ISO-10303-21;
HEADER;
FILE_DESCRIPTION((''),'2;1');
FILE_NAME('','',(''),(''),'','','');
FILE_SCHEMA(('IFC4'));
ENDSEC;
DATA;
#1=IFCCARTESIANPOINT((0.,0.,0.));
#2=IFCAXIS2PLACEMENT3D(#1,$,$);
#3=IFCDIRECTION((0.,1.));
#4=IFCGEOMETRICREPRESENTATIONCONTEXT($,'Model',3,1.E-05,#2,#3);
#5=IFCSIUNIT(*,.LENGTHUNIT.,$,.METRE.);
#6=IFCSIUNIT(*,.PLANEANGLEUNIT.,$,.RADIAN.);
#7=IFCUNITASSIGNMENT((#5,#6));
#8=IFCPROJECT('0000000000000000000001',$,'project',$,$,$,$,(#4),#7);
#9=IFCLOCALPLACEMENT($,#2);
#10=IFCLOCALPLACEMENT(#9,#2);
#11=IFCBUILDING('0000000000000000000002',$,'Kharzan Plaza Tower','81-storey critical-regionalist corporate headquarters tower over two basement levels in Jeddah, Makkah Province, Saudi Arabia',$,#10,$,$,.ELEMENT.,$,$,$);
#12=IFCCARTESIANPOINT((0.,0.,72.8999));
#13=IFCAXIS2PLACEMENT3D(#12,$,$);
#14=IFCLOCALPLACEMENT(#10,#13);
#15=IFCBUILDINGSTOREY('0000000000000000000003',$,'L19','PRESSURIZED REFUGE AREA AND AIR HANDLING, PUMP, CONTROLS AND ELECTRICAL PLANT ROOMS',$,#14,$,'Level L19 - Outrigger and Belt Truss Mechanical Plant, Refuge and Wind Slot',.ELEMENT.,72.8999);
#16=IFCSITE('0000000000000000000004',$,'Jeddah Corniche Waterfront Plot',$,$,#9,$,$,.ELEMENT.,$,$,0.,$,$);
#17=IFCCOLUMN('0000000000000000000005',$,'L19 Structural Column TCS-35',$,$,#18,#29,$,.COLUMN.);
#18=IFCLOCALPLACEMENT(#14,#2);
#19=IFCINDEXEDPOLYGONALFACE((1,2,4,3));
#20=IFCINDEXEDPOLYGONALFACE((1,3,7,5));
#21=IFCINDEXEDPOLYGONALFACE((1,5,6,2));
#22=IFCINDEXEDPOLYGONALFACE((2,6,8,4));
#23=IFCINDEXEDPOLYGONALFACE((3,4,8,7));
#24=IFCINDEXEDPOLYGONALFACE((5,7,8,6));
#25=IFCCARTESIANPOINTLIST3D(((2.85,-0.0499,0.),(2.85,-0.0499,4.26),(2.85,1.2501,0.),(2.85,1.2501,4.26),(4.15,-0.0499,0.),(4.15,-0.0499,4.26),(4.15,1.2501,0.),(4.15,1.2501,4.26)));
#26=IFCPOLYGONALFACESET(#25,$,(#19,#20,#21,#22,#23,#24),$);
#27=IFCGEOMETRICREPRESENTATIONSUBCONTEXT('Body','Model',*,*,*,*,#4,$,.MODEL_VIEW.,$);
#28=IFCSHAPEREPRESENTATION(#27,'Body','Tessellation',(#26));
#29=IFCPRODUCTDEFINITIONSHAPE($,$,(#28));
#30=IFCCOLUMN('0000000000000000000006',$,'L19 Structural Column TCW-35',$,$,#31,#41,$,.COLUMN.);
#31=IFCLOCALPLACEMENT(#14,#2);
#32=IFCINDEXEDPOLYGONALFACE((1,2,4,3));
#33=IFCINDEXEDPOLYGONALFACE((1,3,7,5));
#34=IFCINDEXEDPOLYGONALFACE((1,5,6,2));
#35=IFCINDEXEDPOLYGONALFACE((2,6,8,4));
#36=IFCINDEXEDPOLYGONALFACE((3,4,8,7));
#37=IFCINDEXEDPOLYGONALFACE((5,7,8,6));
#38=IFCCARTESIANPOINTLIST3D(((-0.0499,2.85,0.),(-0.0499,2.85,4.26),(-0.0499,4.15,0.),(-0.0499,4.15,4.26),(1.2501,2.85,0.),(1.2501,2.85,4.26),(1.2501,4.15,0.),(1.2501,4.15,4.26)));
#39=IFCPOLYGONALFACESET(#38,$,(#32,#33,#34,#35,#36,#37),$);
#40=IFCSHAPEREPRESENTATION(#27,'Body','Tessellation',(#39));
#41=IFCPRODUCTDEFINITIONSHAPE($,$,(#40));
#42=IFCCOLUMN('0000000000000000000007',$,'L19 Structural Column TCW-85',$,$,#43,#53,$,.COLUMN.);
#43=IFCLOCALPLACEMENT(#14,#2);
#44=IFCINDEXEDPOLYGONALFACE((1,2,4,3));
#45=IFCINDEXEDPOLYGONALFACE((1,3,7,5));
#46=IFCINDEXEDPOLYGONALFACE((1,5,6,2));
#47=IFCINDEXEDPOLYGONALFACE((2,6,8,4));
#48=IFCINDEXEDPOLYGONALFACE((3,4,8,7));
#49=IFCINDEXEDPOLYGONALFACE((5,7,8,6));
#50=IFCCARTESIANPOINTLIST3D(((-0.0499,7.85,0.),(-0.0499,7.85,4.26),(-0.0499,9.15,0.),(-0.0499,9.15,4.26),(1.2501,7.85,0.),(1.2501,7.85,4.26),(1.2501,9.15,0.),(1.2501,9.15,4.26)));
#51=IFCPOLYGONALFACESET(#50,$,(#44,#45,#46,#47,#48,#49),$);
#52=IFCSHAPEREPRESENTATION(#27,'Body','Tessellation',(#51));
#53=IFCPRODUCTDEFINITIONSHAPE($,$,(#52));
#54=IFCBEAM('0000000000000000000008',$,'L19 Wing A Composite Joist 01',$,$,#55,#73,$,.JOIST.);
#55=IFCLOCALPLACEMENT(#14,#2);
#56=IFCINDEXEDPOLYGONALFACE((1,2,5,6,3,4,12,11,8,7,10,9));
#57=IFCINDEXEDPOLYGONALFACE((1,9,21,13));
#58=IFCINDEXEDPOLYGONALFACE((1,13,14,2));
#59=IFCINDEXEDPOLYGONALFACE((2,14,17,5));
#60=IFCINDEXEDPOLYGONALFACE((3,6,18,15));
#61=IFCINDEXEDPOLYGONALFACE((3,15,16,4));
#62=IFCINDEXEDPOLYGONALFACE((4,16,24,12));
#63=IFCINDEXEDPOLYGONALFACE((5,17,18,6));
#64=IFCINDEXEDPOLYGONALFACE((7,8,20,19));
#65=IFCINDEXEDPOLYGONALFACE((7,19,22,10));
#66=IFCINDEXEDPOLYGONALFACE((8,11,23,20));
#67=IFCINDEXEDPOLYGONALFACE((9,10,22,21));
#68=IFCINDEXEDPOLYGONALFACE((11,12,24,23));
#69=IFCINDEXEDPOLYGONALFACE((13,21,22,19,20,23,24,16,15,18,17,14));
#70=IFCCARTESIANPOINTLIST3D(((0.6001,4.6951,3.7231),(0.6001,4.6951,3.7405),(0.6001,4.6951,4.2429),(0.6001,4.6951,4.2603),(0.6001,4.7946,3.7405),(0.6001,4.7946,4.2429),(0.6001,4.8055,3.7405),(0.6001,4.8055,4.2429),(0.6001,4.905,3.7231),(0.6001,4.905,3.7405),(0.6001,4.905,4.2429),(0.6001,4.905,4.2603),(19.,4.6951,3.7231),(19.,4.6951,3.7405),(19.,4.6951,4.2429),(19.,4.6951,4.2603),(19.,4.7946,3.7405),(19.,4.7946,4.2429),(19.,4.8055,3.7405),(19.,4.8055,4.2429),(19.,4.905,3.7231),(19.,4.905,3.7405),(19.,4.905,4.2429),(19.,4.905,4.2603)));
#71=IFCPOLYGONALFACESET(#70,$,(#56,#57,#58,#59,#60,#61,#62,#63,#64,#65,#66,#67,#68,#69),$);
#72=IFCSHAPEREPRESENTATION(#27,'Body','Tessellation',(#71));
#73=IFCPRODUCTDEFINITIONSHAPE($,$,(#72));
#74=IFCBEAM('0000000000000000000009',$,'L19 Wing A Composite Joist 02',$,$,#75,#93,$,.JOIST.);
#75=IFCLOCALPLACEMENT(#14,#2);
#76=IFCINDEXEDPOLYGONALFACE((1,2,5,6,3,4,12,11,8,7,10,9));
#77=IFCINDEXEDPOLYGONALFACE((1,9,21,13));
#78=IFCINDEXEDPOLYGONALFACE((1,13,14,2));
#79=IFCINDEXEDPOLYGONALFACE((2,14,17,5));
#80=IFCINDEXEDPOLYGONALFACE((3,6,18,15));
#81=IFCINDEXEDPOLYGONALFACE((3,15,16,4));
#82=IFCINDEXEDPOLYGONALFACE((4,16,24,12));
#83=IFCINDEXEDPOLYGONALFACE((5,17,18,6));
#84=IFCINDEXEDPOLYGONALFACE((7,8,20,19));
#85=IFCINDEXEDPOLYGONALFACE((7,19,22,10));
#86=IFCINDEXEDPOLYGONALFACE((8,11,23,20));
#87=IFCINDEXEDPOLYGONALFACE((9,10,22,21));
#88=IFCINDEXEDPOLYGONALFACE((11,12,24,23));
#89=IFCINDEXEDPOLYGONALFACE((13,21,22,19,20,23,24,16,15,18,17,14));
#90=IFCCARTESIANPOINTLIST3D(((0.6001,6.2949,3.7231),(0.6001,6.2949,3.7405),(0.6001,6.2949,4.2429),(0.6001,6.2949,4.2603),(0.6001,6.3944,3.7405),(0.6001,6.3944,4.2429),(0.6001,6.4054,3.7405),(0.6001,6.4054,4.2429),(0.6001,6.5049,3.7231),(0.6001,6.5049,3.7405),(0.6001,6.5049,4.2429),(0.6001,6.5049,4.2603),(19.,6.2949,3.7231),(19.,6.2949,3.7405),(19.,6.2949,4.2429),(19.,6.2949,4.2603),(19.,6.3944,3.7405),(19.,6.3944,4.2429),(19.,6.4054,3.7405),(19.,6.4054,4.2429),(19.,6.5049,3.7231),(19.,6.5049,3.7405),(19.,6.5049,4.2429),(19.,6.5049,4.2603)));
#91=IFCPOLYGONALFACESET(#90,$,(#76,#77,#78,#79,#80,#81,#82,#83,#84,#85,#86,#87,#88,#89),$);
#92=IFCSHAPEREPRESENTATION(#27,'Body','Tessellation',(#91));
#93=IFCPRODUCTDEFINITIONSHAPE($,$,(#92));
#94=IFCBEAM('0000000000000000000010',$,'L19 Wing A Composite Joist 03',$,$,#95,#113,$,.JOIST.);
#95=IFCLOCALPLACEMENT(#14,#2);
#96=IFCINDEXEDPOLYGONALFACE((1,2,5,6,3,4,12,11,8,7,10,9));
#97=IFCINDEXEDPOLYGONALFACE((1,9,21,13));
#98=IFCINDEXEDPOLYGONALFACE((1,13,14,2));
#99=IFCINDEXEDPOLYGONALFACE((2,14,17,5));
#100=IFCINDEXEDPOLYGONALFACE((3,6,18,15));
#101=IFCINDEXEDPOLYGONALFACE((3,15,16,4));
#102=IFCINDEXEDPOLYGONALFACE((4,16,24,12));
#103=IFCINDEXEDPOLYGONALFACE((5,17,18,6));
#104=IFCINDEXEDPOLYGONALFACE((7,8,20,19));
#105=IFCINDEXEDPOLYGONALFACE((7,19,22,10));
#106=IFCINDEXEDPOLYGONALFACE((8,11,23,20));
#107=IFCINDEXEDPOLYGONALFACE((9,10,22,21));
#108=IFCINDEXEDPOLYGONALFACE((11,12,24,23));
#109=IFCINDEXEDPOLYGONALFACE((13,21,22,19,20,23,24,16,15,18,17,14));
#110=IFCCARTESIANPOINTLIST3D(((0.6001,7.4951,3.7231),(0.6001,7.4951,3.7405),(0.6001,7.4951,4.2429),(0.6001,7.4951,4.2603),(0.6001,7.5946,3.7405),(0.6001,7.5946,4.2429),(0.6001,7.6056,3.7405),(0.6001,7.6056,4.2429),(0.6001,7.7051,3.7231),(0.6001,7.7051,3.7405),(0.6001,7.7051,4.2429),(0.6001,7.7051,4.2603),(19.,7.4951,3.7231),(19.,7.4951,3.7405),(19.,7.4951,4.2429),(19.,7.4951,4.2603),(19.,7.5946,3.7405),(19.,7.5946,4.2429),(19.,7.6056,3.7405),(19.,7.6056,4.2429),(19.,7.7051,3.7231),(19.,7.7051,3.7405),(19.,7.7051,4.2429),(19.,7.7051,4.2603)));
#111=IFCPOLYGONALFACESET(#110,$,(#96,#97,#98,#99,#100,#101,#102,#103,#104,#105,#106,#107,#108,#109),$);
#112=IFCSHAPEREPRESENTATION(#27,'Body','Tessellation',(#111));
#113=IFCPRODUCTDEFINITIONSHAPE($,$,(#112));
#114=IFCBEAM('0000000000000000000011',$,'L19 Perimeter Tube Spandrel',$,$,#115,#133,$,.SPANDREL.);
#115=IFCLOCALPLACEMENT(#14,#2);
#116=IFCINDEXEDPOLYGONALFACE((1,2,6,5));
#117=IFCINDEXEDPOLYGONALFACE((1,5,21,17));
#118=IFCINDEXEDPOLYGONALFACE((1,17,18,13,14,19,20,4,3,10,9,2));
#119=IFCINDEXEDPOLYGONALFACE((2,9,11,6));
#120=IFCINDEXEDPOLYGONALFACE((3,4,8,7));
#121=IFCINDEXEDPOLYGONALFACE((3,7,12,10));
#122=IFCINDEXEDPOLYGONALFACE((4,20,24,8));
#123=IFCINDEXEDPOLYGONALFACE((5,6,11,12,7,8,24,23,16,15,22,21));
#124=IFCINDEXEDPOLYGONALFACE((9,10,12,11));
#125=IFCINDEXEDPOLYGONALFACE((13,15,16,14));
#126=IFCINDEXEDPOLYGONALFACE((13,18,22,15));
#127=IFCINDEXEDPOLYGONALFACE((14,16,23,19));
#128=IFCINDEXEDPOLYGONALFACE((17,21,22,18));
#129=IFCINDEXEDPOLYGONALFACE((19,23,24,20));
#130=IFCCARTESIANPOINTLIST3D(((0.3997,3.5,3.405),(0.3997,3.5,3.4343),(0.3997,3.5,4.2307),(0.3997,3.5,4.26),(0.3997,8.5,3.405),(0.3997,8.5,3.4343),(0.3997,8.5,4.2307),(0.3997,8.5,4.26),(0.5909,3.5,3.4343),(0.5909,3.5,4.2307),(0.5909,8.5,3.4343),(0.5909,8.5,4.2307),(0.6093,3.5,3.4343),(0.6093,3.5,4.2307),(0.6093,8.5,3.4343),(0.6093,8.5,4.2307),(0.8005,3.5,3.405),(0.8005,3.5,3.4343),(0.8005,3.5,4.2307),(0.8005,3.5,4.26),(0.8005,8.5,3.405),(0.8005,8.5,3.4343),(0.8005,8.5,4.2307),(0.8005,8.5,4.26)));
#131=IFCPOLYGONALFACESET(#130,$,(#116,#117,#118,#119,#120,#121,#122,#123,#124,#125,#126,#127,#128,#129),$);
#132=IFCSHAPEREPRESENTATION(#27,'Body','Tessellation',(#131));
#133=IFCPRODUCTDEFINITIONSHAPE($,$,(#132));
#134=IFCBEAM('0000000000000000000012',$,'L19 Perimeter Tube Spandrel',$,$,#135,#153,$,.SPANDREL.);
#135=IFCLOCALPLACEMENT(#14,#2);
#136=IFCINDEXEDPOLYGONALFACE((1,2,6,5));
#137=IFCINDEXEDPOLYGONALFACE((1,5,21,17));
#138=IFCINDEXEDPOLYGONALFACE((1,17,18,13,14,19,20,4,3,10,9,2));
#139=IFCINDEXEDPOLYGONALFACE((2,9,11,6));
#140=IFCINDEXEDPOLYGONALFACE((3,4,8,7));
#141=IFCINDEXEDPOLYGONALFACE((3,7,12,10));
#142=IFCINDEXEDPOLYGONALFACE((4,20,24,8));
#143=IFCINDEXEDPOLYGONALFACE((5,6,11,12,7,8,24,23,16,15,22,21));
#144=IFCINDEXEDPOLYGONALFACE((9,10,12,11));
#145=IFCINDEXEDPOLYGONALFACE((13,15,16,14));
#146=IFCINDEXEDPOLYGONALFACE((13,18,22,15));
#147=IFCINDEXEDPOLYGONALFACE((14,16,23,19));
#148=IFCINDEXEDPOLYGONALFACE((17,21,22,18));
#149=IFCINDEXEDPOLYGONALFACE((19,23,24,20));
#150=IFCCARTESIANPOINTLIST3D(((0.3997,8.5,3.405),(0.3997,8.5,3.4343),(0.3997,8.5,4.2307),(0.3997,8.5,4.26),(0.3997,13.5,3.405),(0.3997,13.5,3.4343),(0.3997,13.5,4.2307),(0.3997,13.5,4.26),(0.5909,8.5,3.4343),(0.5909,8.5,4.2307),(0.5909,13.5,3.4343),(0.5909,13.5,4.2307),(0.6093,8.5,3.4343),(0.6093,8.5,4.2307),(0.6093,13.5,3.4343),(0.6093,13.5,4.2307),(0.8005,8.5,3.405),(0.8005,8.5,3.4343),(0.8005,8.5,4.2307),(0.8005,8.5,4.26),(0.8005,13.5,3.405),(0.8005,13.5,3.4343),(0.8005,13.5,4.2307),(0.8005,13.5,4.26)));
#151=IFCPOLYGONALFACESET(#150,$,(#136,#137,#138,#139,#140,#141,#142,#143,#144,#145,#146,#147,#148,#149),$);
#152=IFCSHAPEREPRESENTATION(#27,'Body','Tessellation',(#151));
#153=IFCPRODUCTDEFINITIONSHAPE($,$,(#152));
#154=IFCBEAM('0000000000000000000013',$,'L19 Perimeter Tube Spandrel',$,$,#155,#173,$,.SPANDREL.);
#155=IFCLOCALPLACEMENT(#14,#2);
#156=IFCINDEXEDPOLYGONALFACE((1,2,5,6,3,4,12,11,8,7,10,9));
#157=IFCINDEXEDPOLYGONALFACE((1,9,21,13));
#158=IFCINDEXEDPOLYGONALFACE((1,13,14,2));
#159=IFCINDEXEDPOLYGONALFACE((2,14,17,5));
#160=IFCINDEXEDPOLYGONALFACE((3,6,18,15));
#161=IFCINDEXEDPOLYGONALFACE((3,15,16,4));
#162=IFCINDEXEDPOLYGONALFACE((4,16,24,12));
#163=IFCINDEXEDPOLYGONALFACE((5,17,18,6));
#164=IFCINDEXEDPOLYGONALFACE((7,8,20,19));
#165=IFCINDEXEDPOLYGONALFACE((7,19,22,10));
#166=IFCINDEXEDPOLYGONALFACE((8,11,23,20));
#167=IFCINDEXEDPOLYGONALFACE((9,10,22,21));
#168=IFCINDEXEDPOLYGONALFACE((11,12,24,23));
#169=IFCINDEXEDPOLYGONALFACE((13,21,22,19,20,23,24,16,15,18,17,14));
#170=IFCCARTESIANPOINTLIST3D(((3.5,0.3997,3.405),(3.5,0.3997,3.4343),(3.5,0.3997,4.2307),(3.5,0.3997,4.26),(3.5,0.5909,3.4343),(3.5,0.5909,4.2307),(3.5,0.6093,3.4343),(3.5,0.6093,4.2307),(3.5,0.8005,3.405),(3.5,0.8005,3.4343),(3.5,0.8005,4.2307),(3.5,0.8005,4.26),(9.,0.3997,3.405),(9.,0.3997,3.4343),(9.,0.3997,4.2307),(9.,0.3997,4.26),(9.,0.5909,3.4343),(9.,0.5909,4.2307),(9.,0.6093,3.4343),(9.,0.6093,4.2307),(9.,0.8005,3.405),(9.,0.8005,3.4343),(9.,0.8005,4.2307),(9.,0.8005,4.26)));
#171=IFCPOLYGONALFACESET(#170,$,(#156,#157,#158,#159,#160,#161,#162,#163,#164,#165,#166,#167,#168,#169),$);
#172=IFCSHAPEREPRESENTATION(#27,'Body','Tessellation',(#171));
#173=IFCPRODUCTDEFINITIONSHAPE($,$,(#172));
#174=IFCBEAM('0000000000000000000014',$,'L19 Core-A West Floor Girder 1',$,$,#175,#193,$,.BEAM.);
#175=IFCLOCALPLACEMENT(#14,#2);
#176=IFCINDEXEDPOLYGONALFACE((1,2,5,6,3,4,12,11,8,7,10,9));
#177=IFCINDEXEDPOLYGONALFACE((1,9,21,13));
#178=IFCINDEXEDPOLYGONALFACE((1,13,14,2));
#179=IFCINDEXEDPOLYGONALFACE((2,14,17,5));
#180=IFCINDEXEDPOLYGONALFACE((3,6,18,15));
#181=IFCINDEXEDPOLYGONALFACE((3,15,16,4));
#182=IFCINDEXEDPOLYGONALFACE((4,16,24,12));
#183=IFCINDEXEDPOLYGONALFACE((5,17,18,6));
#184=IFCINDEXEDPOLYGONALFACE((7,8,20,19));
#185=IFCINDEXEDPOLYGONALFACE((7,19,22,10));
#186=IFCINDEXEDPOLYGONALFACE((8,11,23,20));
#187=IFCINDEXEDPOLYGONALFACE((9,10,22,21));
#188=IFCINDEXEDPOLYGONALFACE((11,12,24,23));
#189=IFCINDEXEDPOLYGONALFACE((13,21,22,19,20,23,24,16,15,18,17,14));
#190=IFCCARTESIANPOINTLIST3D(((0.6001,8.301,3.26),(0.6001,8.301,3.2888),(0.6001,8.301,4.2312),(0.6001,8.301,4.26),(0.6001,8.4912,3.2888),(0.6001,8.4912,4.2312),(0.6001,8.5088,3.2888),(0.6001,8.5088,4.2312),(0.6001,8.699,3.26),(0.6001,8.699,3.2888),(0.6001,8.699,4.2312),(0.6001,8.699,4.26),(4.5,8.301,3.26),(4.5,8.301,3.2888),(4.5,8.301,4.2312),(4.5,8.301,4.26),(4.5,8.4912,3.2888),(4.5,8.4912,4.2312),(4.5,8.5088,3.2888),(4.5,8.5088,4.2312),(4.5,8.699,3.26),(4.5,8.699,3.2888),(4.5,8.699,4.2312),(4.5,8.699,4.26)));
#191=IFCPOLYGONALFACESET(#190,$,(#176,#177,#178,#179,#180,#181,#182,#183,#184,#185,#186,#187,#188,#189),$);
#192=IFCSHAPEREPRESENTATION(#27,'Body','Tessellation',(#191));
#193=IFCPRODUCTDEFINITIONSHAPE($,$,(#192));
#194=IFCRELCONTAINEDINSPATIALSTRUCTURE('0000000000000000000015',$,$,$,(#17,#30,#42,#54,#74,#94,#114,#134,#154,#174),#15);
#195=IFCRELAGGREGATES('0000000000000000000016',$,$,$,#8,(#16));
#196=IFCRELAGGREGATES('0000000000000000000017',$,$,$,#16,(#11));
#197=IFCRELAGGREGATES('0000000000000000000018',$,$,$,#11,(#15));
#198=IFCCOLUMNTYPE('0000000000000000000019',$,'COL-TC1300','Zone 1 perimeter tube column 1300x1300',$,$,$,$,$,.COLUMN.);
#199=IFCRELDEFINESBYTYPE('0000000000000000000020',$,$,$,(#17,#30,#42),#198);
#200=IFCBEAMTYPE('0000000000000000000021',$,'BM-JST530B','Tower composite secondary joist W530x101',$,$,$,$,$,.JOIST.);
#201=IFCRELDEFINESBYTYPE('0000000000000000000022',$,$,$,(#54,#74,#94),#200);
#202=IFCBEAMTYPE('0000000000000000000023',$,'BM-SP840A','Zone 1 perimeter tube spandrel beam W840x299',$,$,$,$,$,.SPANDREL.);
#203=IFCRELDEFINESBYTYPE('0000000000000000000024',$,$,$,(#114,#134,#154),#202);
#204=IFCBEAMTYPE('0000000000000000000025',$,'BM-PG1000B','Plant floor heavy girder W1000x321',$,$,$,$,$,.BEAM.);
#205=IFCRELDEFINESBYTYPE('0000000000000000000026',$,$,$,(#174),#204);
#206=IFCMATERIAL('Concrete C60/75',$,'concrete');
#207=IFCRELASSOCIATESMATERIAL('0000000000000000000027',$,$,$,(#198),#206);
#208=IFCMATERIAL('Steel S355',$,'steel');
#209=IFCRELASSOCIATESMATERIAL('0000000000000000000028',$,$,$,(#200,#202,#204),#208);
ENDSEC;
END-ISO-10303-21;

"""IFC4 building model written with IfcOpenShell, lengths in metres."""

from ifc_helpers import new_model, si_unit, direction, frame, origin, origin_2d, place, context, subcontext, project, spatial, rectangle, i_section, extrude, source, transform, mapped, material, material_profile, profile_set, type_object, element, save


model = new_model("IFC4")

# Units and contexts
model_context = context("Model", 3, precision=1e-05, world=origin(), true_north=direction((0.0, 1.0)))
body_context = subcontext(model_context, "Body", "Model", "MODEL_VIEW")
ifc_project = project(units=[si_unit("LENGTHUNIT", "METRE"), si_unit("PLANEANGLEUNIT", "RADIAN")], contexts=[model_context])

# Site, building, storey
site_placement = place(None, origin())
site = spatial("IfcSite", under=ifc_project, at=site_placement, Name="Jeddah Corniche Waterfront Plot", CompositionType="ELEMENT", RefElevation=0.0)
building_placement = place(site_placement, origin())
building = spatial("IfcBuilding", under=site, at=building_placement, Name="Kharzan Plaza Tower", Description="81-storey critical-regionalist corporate headquarters tower over two basement levels in Jeddah, Makkah Province, Saudi Arabia", CompositionType="ELEMENT")
storey_placement = place(building_placement, frame((0.0, 0.0, 72.8999)))
storey = spatial("IfcBuildingStorey", under=building, at=storey_placement, Name="L19", Description="PRESSURIZED REFUGE AREA AND AIR HANDLING, PUMP, CONTROLS AND ELECTRICAL PLANT ROOMS", LongName="Level L19 - Outrigger and Belt Truss Mechanical Plant, Refuge and Wind Slot", CompositionType="ELEMENT", Elevation=72.8999)

# Columns
ifc_material_1 = material(Name="Concrete C60/75", Category="concrete")
ifc_material_profile_1 = material_profile(ifc_material_1, rectangle(XDim=1.3, YDim=1.3, at=origin_2d()), Name="RC-TC1300x1300")
ifc_profile_set_1 = profile_set([ifc_material_profile_1], Name="Concrete C60/75")
column_type = type_object("IfcColumnType", Name="COL-TC1300", Description="Zone 1 perimeter tube column 1300x1300", PredefinedType="COLUMN", material=ifc_profile_set_1)
shared_shape_1 = source(origin(), body_context, "Body", "SweptSolid", [
    extrude(rectangle(XDim=1.3, YDim=1.3, at=origin_2d()), origin(), (0.0, 0.0, 1.0), 4.26),
])
for number, where, z_axis, x_axis, name in (
    (1, (3.5, 0.6001, 0.0), (0.0, 0.0, 1.0), (1.0, 0.0, 0.0), "L19 Structural Column TCS-35"),
    (2, (0.6001, 3.5, 0.0), (0.0, 0.0, 1.0), (1.0, 0.0, 0.0), "L19 Structural Column TCW-35"),
    (3, (0.6001, 8.5, 0.0), (0.0, 0.0, 1.0), (1.0, 0.0, 0.0), "L19 Structural Column TCW-85"),
):
    element("IfcColumn", number, at=place(storey_placement, frame(where, z_axis=z_axis, x_axis=x_axis)), inside=storey, type_object=column_type, Name=name, PredefinedType="COLUMN", context=body_context, shape_type="MappedRepresentation", body=[
        mapped(shared_shape_1, transform((0.0, 0.0, 0.0), x_axis=(1.0, 0.0, 0.0), y_axis=(0.0, 1.0, 0.0), z_axis=(0.0, 0.0, 1.0))),
    ])

# Beams
ifc_material_2 = material(Name="Steel S355", Category="steel")
ifc_material_profile_2 = material_profile(ifc_material_2, i_section(OverallWidth=0.21, OverallDepth=0.5371, WebThickness=0.011, FlangeThickness=0.0173, at=origin_2d()), Name="W530x101")
ifc_profile_set_2 = profile_set([ifc_material_profile_2], Name="Steel S355")
beam_type_1 = type_object("IfcBeamType", Name="BM-JST530B", Description="Tower composite secondary joist W530x101", PredefinedType="JOIST", material=ifc_profile_set_2)
shared_shape_2 = source(origin(), body_context, "Body", "SweptSolid", [
    extrude(i_section(OverallWidth=0.21, OverallDepth=0.5371, WebThickness=0.011, FlangeThickness=0.0173, at=origin_2d()), origin(), (0.0, 0.0, 1.0), 18.3999),
])
for number, where, z_axis, x_axis, name in (
    (4, (0.6001, 4.8, 3.9917), (1.0, 0.0, 0.0), (0.0, 1.0, 0.0), "L19 Wing A Composite Joist 01"),
    (5, (0.6001, 6.3999, 3.9917), (1.0, 0.0, 0.0), (0.0, 1.0, 0.0), "L19 Wing A Composite Joist 02"),
    (6, (0.6001, 7.6001, 3.9917), (1.0, 0.0, 0.0), (0.0, 1.0, 0.0), "L19 Wing A Composite Joist 03"),
):
    element("IfcBeam", number, at=place(storey_placement, frame(where, z_axis=z_axis, x_axis=x_axis)), inside=storey, type_object=beam_type_1, Name=name, PredefinedType="JOIST", context=body_context, shape_type="MappedRepresentation", body=[
        mapped(shared_shape_2, transform((0.0, 0.0, 0.0), x_axis=(1.0, 0.0, 0.0), y_axis=(0.0, 1.0, 0.0), z_axis=(0.0, 0.0, 1.0))),
    ])
ifc_material_profile_3 = material_profile(ifc_material_2, i_section(OverallWidth=0.4009, OverallDepth=0.855, WebThickness=0.0183, FlangeThickness=0.0293, at=origin_2d()), Name="W840x299")
ifc_profile_set_3 = profile_set([ifc_material_profile_3], Name="Steel S355")
beam_type_2 = type_object("IfcBeamType", Name="BM-SP840A", Description="Zone 1 perimeter tube spandrel beam W840x299", PredefinedType="SPANDREL", material=ifc_profile_set_3)
shared_shape_3 = source(origin(), body_context, "Body", "SweptSolid", [
    extrude(i_section(OverallWidth=0.4009, OverallDepth=0.855, WebThickness=0.0183, FlangeThickness=0.0293, at=origin_2d()), origin(), (0.0, 0.0, 1.0), 5.0),
])
for number, where, z_axis, x_axis, name in (
    (7, (0.6001, 3.5, 3.8325), (0.0, 1.0, 0.0), (-1.0, 0.0, 0.0), "L19 Perimeter Tube Spandrel"),
    (8, (0.6001, 8.5, 3.8325), (0.0, 1.0, 0.0), (-1.0, 0.0, 0.0), "L19 Perimeter Tube Spandrel"),
):
    element("IfcBeam", number, at=place(storey_placement, frame(where, z_axis=z_axis, x_axis=x_axis)), inside=storey, type_object=beam_type_2, Name=name, PredefinedType="SPANDREL", context=body_context, shape_type="MappedRepresentation", body=[
        mapped(shared_shape_3, transform((0.0, 0.0, 0.0), x_axis=(1.0, 0.0, 0.0), y_axis=(0.0, 1.0, 0.0), z_axis=(0.0, 0.0, 1.0))),
    ])
shared_shape_4 = source(origin(), body_context, "Body", "SweptSolid", [
    extrude(i_section(OverallWidth=0.4009, OverallDepth=0.855, WebThickness=0.0183, FlangeThickness=0.0293, at=origin_2d()), origin(), (0.0, 0.0, 1.0), 5.5),
])
beam_1_placement = place(storey_placement, frame((3.5, 0.6001, 3.8325), z_axis=(1.0, 0.0, 0.0), x_axis=(0.0, 1.0, 0.0)))
element("IfcBeam", 9, at=beam_1_placement, inside=storey, type_object=beam_type_2, Name="L19 Perimeter Tube Spandrel", PredefinedType="SPANDREL", context=body_context, shape_type="MappedRepresentation", body=[
    mapped(shared_shape_4, transform((0.0, 0.0, 0.0), x_axis=(1.0, 0.0, 0.0), y_axis=(0.0, 1.0, 0.0), z_axis=(0.0, 0.0, 1.0))),
])
ifc_material_profile_4 = material_profile(ifc_material_2, i_section(OverallWidth=0.3979, OverallDepth=1.0, WebThickness=0.0176, FlangeThickness=0.0288, at=origin_2d()), Name="W1000x321")
ifc_profile_set_4 = profile_set([ifc_material_profile_4], Name="Steel S355")
beam_type_3 = type_object("IfcBeamType", Name="BM-PG1000B", Description="Plant floor heavy girder W1000x321", PredefinedType="BEAM", material=ifc_profile_set_4)
shared_shape_5 = source(origin(), body_context, "Body", "SweptSolid", [
    extrude(i_section(OverallWidth=0.3979, OverallDepth=1.0, WebThickness=0.0176, FlangeThickness=0.0288, at=origin_2d()), origin(), (0.0, 0.0, 1.0), 3.8999),
])
beam_2_placement = place(storey_placement, frame((0.6001, 8.5, 3.76), z_axis=(1.0, 0.0, 0.0), x_axis=(0.0, 1.0, 0.0)))
element("IfcBeam", 10, at=beam_2_placement, inside=storey, type_object=beam_type_3, Name="L19 Core-A West Floor Girder 1", PredefinedType="BEAM", context=body_context, shape_type="MappedRepresentation", body=[
    mapped(shared_shape_5, transform((0.0, 0.0, 0.0), x_axis=(1.0, 0.0, 0.0), y_axis=(0.0, 1.0, 0.0), z_axis=(0.0, 0.0, 1.0))),
])

save(model, "model.ifc")
